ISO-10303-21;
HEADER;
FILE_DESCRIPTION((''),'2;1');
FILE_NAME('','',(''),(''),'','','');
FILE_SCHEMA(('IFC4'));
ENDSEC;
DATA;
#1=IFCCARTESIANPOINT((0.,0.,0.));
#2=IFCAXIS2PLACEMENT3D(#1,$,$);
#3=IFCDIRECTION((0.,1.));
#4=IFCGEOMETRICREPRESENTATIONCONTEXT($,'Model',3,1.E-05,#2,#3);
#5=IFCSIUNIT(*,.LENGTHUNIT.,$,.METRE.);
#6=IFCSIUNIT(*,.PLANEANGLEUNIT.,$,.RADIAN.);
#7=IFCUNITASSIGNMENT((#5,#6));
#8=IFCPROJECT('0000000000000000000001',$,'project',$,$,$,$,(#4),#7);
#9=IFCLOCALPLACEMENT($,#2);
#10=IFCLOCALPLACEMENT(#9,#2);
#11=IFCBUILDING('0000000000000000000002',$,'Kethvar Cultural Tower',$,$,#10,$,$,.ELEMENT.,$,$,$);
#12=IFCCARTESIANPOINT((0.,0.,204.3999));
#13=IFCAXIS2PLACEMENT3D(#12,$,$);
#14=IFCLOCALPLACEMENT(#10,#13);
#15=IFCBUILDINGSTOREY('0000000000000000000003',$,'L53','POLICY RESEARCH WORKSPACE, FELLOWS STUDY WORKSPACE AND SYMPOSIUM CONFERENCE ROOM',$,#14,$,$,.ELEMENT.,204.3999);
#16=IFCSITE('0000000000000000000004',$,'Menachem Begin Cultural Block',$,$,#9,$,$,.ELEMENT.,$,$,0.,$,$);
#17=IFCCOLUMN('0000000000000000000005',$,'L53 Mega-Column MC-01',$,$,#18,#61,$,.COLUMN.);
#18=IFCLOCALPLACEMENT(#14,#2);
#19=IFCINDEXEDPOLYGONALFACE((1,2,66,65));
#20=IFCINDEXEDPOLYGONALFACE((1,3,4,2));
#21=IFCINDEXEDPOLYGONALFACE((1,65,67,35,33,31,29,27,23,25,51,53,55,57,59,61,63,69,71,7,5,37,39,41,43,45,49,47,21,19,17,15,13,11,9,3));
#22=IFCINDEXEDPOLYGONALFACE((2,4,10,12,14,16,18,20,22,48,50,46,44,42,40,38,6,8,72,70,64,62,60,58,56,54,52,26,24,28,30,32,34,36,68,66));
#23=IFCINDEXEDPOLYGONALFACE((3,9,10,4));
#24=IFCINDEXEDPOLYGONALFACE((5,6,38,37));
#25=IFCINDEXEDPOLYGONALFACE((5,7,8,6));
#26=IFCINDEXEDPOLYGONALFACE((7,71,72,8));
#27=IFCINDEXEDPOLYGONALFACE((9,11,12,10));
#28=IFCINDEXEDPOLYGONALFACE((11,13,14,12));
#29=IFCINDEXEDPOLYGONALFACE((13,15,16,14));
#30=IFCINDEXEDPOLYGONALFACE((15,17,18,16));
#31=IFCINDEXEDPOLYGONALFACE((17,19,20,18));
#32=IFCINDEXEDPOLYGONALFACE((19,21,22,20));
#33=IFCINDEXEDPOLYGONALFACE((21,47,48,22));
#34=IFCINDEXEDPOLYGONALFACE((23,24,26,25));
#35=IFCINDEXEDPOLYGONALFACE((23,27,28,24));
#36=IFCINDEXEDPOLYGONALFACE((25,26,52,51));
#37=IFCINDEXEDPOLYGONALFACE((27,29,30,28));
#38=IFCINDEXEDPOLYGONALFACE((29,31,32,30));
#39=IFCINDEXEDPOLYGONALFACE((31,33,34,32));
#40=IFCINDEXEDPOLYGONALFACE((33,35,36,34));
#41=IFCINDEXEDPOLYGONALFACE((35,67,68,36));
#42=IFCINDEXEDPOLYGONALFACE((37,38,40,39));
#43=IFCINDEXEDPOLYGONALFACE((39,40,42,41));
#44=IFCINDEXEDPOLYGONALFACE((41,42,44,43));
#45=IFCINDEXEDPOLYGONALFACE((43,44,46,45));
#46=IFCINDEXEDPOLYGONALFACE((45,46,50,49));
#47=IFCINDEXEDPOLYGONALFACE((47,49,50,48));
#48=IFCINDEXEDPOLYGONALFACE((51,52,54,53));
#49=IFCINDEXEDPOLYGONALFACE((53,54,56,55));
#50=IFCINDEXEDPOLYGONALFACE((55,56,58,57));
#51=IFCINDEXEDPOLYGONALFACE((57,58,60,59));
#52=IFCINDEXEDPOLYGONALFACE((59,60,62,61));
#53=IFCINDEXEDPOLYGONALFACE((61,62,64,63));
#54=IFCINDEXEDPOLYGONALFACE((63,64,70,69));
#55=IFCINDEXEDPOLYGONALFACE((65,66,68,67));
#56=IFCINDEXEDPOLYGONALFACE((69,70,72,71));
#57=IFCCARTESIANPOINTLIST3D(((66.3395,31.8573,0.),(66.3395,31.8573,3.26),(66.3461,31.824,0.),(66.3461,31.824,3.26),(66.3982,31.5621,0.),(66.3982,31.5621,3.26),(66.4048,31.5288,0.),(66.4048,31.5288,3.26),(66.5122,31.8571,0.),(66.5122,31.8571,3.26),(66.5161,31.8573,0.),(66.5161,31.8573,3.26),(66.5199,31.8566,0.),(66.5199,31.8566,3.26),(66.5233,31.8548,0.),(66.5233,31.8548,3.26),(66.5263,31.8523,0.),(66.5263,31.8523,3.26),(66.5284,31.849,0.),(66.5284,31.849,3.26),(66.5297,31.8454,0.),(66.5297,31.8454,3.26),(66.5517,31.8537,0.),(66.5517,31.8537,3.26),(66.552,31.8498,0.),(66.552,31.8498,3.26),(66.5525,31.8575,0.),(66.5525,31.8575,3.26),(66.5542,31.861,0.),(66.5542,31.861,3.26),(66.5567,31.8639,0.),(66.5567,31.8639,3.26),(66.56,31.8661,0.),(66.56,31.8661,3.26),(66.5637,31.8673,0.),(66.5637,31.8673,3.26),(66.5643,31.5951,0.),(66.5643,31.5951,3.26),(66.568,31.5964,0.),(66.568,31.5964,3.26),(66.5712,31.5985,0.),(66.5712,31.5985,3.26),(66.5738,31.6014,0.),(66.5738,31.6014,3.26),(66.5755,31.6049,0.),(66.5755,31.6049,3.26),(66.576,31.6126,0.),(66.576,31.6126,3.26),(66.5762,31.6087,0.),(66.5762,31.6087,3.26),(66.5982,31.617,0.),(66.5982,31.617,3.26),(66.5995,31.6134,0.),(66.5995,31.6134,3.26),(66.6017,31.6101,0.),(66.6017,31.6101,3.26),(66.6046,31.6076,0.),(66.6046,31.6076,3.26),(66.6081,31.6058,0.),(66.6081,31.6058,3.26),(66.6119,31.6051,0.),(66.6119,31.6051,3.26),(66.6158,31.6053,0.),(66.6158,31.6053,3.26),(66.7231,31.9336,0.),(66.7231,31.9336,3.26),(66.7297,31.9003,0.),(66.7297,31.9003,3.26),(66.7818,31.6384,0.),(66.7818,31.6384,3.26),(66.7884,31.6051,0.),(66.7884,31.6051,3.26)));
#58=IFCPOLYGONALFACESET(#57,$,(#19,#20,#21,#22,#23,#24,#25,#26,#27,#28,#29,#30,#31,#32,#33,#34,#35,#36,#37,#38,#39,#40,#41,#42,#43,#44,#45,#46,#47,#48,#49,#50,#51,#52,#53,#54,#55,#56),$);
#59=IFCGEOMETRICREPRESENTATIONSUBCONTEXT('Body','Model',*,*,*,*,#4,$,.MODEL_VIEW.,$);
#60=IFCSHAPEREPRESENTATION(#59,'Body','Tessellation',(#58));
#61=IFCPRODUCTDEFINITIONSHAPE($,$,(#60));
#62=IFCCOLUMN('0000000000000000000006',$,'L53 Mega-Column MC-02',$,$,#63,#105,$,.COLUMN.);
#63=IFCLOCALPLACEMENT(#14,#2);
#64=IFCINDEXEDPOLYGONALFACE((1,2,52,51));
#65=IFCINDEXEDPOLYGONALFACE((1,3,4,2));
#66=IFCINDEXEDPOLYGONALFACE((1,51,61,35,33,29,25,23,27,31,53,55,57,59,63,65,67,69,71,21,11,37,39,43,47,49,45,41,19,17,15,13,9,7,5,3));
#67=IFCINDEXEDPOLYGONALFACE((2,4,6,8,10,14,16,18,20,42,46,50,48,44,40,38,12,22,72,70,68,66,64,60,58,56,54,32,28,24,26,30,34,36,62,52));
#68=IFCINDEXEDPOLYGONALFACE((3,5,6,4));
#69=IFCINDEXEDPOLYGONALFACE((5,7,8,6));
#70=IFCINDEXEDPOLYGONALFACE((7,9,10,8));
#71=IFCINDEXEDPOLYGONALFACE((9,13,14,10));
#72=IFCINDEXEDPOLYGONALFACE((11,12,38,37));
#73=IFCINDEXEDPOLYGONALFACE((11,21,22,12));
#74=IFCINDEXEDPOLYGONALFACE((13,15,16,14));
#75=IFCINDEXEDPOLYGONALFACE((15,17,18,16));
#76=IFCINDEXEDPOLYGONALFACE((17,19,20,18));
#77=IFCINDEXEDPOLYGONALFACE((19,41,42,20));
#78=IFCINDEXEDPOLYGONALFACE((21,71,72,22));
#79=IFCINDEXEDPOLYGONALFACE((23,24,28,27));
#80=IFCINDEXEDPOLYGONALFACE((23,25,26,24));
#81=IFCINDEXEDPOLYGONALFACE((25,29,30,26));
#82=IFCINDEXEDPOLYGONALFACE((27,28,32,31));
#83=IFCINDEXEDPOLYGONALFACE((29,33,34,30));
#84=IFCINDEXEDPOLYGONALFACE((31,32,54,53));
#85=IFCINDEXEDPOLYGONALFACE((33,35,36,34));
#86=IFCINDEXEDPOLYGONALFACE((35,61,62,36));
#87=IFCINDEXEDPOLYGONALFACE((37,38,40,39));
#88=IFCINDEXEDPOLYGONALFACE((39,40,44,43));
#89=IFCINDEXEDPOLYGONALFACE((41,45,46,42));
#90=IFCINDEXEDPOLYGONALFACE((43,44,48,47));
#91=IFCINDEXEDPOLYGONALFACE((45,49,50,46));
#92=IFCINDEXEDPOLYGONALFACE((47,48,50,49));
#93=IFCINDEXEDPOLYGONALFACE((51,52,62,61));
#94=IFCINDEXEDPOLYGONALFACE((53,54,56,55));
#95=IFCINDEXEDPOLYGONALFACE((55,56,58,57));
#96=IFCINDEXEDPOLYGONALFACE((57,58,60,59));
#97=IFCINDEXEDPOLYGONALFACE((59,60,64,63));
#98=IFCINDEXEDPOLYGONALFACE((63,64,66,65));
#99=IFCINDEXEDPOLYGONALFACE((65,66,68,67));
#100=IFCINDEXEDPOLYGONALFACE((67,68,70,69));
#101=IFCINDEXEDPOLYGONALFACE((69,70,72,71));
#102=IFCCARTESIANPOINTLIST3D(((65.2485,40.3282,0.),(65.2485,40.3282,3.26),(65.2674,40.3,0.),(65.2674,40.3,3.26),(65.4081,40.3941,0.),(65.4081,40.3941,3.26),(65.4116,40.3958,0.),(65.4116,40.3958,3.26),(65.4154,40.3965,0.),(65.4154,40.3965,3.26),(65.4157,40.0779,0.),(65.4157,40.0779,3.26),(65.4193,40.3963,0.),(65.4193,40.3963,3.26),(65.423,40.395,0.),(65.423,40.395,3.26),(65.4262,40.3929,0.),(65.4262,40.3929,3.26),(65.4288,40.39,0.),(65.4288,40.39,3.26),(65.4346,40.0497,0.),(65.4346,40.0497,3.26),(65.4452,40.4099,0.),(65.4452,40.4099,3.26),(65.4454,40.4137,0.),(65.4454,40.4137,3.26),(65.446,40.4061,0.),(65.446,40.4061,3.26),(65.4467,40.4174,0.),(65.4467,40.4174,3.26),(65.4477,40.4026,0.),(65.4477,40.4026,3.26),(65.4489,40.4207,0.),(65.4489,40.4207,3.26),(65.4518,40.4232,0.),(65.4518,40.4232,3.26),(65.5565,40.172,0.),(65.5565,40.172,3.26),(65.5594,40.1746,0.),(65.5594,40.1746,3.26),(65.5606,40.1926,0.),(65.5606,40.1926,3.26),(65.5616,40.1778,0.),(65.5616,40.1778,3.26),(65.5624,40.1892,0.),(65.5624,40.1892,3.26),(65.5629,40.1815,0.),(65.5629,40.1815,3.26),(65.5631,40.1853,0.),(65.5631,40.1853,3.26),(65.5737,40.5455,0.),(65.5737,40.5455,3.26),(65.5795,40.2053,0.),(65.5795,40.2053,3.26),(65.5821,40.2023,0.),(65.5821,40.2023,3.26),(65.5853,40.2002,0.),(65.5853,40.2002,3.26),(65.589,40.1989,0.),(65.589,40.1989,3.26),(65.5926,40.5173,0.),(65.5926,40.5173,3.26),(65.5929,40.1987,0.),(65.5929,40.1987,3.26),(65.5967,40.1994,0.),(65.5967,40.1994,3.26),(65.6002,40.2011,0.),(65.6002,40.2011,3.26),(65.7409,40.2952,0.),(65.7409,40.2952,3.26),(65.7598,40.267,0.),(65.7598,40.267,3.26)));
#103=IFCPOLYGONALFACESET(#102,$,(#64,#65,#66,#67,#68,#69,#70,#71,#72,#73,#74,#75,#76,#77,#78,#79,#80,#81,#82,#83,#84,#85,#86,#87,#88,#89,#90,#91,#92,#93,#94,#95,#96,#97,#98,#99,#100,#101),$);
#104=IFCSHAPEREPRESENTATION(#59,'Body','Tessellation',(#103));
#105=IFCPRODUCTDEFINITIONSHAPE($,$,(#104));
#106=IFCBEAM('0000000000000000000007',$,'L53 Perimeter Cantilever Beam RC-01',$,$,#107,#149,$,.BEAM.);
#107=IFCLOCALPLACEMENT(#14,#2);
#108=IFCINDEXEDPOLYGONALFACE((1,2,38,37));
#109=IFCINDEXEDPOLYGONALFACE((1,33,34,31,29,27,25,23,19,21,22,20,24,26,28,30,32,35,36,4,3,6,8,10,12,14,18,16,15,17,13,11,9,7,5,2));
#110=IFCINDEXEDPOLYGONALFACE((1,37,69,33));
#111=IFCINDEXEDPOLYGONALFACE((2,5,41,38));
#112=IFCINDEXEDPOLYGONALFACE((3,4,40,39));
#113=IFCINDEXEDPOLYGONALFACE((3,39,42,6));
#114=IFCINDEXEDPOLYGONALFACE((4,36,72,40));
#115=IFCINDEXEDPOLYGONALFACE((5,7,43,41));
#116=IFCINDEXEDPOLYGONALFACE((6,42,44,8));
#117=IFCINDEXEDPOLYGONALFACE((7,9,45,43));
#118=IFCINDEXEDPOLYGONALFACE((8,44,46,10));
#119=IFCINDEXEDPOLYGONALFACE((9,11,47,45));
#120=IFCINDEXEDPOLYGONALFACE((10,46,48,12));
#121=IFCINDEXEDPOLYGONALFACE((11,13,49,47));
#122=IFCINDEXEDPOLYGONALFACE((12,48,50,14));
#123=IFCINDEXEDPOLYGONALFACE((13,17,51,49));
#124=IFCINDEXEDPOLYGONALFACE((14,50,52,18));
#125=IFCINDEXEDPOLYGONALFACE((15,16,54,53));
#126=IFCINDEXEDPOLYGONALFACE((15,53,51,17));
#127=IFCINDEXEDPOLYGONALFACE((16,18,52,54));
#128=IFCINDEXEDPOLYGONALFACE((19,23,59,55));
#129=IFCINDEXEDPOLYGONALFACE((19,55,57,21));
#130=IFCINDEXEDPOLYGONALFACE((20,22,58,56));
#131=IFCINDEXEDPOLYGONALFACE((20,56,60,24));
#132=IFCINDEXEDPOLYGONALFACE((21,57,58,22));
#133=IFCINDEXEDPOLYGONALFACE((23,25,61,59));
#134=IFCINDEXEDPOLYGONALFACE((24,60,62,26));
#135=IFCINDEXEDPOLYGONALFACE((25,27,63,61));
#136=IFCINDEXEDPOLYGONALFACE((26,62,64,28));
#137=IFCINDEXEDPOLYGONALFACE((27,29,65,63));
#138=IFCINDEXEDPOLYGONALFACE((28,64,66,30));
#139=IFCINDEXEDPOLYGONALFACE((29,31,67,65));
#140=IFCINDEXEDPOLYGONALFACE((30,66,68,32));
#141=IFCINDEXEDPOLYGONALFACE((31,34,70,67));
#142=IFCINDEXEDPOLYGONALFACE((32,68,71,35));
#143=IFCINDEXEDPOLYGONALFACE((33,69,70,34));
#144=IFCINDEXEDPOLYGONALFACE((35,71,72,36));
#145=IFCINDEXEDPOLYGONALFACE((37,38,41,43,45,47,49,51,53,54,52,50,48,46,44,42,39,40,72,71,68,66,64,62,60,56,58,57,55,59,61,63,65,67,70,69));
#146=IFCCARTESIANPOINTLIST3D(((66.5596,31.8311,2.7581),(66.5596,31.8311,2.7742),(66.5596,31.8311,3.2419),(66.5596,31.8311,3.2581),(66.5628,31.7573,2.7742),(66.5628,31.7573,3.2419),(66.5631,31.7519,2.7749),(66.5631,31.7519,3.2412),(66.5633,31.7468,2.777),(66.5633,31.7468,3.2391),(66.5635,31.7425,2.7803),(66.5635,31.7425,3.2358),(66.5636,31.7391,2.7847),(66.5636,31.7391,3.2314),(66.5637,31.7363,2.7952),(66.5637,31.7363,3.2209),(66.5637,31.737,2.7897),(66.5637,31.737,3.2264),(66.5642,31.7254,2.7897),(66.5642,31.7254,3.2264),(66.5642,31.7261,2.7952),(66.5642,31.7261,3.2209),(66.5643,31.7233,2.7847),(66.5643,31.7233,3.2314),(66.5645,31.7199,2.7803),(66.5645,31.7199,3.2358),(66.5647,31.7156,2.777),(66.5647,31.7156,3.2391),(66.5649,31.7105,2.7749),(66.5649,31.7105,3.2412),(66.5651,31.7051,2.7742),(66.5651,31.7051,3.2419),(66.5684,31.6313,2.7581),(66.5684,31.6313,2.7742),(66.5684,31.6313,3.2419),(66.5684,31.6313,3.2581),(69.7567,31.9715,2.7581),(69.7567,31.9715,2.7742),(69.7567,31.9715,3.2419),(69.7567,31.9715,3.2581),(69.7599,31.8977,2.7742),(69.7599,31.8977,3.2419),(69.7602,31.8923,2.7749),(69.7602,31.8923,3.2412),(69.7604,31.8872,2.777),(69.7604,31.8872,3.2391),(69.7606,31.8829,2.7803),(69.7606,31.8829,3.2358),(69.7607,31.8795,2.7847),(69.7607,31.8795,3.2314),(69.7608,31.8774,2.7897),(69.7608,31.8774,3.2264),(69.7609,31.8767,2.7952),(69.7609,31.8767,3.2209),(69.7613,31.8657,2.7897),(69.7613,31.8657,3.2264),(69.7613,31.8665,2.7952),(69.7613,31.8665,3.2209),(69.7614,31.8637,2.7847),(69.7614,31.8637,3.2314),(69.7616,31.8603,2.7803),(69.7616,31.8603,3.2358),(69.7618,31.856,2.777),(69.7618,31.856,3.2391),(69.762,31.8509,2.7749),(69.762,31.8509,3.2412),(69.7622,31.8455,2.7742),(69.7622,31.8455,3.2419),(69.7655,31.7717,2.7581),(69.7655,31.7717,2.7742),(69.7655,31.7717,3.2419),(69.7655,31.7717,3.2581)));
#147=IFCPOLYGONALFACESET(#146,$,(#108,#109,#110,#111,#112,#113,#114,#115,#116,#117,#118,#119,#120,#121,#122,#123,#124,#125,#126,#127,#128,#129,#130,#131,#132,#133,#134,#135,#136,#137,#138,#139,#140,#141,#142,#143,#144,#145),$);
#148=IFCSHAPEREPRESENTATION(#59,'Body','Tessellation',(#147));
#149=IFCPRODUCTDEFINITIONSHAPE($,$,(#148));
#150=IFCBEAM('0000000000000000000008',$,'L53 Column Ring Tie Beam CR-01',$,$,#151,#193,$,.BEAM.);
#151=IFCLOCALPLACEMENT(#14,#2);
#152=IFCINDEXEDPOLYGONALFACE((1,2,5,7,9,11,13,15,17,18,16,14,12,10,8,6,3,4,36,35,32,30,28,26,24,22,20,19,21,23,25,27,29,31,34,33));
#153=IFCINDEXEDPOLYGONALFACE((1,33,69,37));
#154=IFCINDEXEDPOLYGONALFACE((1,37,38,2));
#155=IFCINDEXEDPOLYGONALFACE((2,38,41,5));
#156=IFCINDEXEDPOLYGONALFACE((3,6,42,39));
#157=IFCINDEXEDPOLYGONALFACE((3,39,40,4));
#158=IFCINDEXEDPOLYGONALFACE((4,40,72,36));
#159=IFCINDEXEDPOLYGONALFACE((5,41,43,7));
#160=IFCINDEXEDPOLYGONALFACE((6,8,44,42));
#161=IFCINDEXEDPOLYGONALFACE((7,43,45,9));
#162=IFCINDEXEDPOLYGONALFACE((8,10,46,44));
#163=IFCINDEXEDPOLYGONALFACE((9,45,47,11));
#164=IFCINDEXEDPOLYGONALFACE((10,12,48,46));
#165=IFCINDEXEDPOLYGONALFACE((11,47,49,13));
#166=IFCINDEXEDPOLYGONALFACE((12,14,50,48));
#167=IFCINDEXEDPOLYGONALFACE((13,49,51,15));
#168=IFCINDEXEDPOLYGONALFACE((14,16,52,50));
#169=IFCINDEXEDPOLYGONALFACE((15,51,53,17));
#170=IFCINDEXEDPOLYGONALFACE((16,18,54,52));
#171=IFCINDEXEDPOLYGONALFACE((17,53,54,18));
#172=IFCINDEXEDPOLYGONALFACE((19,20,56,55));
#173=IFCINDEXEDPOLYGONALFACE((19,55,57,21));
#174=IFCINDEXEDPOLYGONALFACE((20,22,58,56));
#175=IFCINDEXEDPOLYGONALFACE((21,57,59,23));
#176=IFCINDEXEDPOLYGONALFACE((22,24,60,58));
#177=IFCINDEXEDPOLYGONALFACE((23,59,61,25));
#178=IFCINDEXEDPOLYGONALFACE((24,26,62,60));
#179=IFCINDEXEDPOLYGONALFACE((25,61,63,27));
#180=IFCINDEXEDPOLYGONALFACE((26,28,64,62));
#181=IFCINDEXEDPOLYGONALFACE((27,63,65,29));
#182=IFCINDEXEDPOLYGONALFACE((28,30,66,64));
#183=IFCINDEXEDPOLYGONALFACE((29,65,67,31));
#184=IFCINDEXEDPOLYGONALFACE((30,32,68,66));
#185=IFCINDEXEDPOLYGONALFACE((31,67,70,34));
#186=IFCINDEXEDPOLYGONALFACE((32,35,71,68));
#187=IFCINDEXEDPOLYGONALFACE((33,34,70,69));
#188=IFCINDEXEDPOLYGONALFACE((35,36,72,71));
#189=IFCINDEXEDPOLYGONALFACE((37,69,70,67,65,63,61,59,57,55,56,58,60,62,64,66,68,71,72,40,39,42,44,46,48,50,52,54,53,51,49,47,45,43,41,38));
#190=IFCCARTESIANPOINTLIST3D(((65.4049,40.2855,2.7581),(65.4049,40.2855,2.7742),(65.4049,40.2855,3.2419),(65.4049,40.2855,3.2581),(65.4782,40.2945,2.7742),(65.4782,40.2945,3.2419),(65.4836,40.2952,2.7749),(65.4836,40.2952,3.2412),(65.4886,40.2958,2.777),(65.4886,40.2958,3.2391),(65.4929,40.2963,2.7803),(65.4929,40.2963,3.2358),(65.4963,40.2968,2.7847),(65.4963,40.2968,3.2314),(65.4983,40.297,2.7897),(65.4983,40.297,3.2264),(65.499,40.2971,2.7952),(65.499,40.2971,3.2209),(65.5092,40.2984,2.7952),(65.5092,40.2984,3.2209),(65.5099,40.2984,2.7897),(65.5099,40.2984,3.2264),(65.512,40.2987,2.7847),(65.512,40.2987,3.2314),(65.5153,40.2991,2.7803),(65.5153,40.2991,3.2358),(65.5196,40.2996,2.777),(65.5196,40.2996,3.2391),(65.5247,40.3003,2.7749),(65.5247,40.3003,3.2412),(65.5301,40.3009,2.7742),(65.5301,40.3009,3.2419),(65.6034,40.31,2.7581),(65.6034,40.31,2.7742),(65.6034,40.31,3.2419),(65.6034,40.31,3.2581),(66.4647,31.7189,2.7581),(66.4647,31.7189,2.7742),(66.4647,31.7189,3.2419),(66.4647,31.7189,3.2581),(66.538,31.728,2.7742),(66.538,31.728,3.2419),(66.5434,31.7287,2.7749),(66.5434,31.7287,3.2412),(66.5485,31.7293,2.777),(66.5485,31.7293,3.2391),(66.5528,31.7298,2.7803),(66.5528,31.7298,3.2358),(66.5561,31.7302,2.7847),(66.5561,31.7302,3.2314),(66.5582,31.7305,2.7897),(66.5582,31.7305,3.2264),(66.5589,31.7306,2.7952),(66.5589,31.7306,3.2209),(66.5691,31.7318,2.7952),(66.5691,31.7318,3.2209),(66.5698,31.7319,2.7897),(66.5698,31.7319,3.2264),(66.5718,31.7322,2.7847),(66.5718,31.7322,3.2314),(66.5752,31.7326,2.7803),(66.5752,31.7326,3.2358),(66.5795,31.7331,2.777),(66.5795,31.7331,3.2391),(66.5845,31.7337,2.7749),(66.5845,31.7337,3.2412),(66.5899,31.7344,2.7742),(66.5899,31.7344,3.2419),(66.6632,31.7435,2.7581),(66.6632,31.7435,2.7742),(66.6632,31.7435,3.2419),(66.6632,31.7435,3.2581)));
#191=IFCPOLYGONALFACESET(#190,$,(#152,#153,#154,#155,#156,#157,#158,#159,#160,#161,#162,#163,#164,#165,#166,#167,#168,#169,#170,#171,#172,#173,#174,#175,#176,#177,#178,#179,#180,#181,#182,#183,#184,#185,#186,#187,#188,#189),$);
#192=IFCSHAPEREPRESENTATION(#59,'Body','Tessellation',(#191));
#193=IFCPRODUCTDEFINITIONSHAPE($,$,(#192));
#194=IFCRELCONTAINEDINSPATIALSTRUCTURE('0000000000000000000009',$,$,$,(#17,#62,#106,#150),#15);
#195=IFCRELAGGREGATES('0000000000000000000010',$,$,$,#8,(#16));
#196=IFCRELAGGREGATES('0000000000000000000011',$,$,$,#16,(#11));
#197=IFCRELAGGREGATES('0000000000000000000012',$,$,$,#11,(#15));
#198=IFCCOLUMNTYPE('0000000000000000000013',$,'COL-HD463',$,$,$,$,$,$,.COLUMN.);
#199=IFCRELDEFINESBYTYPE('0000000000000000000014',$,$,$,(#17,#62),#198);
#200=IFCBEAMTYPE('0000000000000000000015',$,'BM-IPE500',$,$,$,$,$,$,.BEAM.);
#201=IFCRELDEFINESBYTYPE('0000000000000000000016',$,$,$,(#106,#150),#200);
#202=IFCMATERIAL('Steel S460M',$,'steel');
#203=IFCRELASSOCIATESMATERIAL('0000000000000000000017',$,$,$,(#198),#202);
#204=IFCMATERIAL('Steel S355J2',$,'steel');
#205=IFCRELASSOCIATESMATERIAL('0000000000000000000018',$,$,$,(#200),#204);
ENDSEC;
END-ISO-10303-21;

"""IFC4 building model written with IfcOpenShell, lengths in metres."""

from ifc_helpers import new_model, si_unit, direction, frame, origin, origin_2d, place, context, subcontext, project, spatial, i_section, extrude, source, transform, mapped, material, material_profile, profile_set, type_object, element, save


model = new_model("IFC4")

# Units and contexts
model_context = context("Model", 3, precision=1e-05, world=origin(), true_north=direction((0.0, 1.0)))
body_context = subcontext(model_context, "Body", "Model", "MODEL_VIEW")
ifc_project = project(units=[si_unit("LENGTHUNIT", "METRE"), si_unit("PLANEANGLEUNIT", "RADIAN")], contexts=[model_context])

# Site, building, storey
site_placement = place(None, origin())
site = spatial("IfcSite", under=ifc_project, at=site_placement, Name="Menachem Begin Cultural Block", CompositionType="ELEMENT", RefElevation=0.0)
building_placement = place(site_placement, origin())
building = spatial("IfcBuilding", under=site, at=building_placement, Name="Kethvar Cultural Tower", CompositionType="ELEMENT")
storey_placement = place(building_placement, frame((0.0, 0.0, 204.3999)))
storey = spatial("IfcBuildingStorey", under=building, at=storey_placement, Name="L53", Description="POLICY RESEARCH WORKSPACE, FELLOWS STUDY WORKSPACE AND SYMPOSIUM CONFERENCE ROOM", CompositionType="ELEMENT", Elevation=204.3999)

# Columns
ifc_material_1 = material(Name="Steel S460M", Category="steel")
ifc_material_profile_1 = material_profile(ifc_material_1, i_section(OverallWidth=0.3911, OverallDepth=0.335, WebThickness=0.0227, FlangeThickness=0.0339, FilletRadius=0.0149, at=origin_2d()), Name="Steel S460M — HD400x463")
ifc_profile_set_1 = profile_set([ifc_material_profile_1], Name="Steel S460M — HD400x463")
column_type = type_object("IfcColumnType", Name="COL-HD463", PredefinedType="COLUMN", material=ifc_profile_set_1)
shared_shape_1 = source(origin(), body_context, "Body", "SweptSolid", [
    extrude(i_section(OverallWidth=0.3911, OverallDepth=0.335, WebThickness=0.0227, FlangeThickness=0.0339, FilletRadius=0.0149, at=origin_2d()), origin(), (0.0, 0.0, 1.0), 3.26),
])
for number, where, z_axis, x_axis, name in (
    (1, (66.564, 31.7312, 0.0), (0.0, 0.0, 1.0), (0.980785, 0.19509, 0.0), "L53 Mega-Column MC-01"),
    (2, (65.5042, 40.2976, 0.0), (0.0, 0.0, 1.0), (0.83147, 0.55557, 0.0), "L53 Mega-Column MC-02"),
):
    element("IfcColumn", number, at=place(storey_placement, frame(where, z_axis=z_axis, x_axis=x_axis)), inside=storey, type_object=column_type, Name=name, PredefinedType="COLUMN", context=body_context, shape_type="MappedRepresentation", body=[
        mapped(shared_shape_1, transform((0.0, 0.0, 0.0), scale=1.0)),
    ])

# Beams
ifc_material_2 = material(Name="Steel S355J2", Category="steel")
ifc_material_profile_2 = material_profile(ifc_material_2, i_section(OverallWidth=0.2, OverallDepth=0.5, WebThickness=0.0103, FlangeThickness=0.0161, FilletRadius=0.021, at=origin_2d()), Name="Steel S355J2 — IPE500")
ifc_profile_set_2 = profile_set([ifc_material_profile_2], Name="Steel S355J2 — IPE500")
beam_type_1 = type_object("IfcBeamType", Name="BM-IPE500", PredefinedType="BEAM", material=ifc_profile_set_2)
shared_shape_2 = source(origin(), body_context, "Body", "SweptSolid", [
    extrude(i_section(OverallWidth=0.2, OverallDepth=0.5, WebThickness=0.0103, FlangeThickness=0.0161, FilletRadius=0.021, at=origin_2d()), origin(), (0.0, 0.0, 1.0), 3.2002),
])
beam_1_placement = place(storey_placement, frame((66.564, 31.7312, 3.0081), z_axis=(0.999037, 0.043868, 0.0), x_axis=(-0.043868, 0.999037, 0.0)))
element("IfcBeam", 3, at=beam_1_placement, inside=storey, type_object=beam_type_1, Name="L53 Perimeter Cantilever Beam RC-01", PredefinedType="BEAM", context=body_context, shape_type="MappedRepresentation", body=[
    mapped(shared_shape_2, transform((0.0, 0.0, 0.0), scale=1.0)),
])
shared_shape_3 = source(origin(), body_context, "Body", "SweptSolid", [
    extrude(i_section(OverallWidth=0.2, OverallDepth=0.5, WebThickness=0.0103, FlangeThickness=0.0161, FilletRadius=0.021, at=origin_2d()), origin(), (0.0, 0.0, 1.0), 8.6318),
])
beam_2_placement = place(storey_placement, frame((66.564, 31.7312, 3.0081), z_axis=(-0.122781, 0.992434, 0.0), x_axis=(-0.992434, -0.122781, 0.0)))
element("IfcBeam", 4, at=beam_2_placement, inside=storey, type_object=beam_type_1, Name="L53 Column Ring Tie Beam CR-01", PredefinedType="BEAM", context=body_context, shape_type="MappedRepresentation", body=[
    mapped(shared_shape_3, transform((0.0, 0.0, 0.0), scale=1.0)),
])

save(model, "model.ifc")
